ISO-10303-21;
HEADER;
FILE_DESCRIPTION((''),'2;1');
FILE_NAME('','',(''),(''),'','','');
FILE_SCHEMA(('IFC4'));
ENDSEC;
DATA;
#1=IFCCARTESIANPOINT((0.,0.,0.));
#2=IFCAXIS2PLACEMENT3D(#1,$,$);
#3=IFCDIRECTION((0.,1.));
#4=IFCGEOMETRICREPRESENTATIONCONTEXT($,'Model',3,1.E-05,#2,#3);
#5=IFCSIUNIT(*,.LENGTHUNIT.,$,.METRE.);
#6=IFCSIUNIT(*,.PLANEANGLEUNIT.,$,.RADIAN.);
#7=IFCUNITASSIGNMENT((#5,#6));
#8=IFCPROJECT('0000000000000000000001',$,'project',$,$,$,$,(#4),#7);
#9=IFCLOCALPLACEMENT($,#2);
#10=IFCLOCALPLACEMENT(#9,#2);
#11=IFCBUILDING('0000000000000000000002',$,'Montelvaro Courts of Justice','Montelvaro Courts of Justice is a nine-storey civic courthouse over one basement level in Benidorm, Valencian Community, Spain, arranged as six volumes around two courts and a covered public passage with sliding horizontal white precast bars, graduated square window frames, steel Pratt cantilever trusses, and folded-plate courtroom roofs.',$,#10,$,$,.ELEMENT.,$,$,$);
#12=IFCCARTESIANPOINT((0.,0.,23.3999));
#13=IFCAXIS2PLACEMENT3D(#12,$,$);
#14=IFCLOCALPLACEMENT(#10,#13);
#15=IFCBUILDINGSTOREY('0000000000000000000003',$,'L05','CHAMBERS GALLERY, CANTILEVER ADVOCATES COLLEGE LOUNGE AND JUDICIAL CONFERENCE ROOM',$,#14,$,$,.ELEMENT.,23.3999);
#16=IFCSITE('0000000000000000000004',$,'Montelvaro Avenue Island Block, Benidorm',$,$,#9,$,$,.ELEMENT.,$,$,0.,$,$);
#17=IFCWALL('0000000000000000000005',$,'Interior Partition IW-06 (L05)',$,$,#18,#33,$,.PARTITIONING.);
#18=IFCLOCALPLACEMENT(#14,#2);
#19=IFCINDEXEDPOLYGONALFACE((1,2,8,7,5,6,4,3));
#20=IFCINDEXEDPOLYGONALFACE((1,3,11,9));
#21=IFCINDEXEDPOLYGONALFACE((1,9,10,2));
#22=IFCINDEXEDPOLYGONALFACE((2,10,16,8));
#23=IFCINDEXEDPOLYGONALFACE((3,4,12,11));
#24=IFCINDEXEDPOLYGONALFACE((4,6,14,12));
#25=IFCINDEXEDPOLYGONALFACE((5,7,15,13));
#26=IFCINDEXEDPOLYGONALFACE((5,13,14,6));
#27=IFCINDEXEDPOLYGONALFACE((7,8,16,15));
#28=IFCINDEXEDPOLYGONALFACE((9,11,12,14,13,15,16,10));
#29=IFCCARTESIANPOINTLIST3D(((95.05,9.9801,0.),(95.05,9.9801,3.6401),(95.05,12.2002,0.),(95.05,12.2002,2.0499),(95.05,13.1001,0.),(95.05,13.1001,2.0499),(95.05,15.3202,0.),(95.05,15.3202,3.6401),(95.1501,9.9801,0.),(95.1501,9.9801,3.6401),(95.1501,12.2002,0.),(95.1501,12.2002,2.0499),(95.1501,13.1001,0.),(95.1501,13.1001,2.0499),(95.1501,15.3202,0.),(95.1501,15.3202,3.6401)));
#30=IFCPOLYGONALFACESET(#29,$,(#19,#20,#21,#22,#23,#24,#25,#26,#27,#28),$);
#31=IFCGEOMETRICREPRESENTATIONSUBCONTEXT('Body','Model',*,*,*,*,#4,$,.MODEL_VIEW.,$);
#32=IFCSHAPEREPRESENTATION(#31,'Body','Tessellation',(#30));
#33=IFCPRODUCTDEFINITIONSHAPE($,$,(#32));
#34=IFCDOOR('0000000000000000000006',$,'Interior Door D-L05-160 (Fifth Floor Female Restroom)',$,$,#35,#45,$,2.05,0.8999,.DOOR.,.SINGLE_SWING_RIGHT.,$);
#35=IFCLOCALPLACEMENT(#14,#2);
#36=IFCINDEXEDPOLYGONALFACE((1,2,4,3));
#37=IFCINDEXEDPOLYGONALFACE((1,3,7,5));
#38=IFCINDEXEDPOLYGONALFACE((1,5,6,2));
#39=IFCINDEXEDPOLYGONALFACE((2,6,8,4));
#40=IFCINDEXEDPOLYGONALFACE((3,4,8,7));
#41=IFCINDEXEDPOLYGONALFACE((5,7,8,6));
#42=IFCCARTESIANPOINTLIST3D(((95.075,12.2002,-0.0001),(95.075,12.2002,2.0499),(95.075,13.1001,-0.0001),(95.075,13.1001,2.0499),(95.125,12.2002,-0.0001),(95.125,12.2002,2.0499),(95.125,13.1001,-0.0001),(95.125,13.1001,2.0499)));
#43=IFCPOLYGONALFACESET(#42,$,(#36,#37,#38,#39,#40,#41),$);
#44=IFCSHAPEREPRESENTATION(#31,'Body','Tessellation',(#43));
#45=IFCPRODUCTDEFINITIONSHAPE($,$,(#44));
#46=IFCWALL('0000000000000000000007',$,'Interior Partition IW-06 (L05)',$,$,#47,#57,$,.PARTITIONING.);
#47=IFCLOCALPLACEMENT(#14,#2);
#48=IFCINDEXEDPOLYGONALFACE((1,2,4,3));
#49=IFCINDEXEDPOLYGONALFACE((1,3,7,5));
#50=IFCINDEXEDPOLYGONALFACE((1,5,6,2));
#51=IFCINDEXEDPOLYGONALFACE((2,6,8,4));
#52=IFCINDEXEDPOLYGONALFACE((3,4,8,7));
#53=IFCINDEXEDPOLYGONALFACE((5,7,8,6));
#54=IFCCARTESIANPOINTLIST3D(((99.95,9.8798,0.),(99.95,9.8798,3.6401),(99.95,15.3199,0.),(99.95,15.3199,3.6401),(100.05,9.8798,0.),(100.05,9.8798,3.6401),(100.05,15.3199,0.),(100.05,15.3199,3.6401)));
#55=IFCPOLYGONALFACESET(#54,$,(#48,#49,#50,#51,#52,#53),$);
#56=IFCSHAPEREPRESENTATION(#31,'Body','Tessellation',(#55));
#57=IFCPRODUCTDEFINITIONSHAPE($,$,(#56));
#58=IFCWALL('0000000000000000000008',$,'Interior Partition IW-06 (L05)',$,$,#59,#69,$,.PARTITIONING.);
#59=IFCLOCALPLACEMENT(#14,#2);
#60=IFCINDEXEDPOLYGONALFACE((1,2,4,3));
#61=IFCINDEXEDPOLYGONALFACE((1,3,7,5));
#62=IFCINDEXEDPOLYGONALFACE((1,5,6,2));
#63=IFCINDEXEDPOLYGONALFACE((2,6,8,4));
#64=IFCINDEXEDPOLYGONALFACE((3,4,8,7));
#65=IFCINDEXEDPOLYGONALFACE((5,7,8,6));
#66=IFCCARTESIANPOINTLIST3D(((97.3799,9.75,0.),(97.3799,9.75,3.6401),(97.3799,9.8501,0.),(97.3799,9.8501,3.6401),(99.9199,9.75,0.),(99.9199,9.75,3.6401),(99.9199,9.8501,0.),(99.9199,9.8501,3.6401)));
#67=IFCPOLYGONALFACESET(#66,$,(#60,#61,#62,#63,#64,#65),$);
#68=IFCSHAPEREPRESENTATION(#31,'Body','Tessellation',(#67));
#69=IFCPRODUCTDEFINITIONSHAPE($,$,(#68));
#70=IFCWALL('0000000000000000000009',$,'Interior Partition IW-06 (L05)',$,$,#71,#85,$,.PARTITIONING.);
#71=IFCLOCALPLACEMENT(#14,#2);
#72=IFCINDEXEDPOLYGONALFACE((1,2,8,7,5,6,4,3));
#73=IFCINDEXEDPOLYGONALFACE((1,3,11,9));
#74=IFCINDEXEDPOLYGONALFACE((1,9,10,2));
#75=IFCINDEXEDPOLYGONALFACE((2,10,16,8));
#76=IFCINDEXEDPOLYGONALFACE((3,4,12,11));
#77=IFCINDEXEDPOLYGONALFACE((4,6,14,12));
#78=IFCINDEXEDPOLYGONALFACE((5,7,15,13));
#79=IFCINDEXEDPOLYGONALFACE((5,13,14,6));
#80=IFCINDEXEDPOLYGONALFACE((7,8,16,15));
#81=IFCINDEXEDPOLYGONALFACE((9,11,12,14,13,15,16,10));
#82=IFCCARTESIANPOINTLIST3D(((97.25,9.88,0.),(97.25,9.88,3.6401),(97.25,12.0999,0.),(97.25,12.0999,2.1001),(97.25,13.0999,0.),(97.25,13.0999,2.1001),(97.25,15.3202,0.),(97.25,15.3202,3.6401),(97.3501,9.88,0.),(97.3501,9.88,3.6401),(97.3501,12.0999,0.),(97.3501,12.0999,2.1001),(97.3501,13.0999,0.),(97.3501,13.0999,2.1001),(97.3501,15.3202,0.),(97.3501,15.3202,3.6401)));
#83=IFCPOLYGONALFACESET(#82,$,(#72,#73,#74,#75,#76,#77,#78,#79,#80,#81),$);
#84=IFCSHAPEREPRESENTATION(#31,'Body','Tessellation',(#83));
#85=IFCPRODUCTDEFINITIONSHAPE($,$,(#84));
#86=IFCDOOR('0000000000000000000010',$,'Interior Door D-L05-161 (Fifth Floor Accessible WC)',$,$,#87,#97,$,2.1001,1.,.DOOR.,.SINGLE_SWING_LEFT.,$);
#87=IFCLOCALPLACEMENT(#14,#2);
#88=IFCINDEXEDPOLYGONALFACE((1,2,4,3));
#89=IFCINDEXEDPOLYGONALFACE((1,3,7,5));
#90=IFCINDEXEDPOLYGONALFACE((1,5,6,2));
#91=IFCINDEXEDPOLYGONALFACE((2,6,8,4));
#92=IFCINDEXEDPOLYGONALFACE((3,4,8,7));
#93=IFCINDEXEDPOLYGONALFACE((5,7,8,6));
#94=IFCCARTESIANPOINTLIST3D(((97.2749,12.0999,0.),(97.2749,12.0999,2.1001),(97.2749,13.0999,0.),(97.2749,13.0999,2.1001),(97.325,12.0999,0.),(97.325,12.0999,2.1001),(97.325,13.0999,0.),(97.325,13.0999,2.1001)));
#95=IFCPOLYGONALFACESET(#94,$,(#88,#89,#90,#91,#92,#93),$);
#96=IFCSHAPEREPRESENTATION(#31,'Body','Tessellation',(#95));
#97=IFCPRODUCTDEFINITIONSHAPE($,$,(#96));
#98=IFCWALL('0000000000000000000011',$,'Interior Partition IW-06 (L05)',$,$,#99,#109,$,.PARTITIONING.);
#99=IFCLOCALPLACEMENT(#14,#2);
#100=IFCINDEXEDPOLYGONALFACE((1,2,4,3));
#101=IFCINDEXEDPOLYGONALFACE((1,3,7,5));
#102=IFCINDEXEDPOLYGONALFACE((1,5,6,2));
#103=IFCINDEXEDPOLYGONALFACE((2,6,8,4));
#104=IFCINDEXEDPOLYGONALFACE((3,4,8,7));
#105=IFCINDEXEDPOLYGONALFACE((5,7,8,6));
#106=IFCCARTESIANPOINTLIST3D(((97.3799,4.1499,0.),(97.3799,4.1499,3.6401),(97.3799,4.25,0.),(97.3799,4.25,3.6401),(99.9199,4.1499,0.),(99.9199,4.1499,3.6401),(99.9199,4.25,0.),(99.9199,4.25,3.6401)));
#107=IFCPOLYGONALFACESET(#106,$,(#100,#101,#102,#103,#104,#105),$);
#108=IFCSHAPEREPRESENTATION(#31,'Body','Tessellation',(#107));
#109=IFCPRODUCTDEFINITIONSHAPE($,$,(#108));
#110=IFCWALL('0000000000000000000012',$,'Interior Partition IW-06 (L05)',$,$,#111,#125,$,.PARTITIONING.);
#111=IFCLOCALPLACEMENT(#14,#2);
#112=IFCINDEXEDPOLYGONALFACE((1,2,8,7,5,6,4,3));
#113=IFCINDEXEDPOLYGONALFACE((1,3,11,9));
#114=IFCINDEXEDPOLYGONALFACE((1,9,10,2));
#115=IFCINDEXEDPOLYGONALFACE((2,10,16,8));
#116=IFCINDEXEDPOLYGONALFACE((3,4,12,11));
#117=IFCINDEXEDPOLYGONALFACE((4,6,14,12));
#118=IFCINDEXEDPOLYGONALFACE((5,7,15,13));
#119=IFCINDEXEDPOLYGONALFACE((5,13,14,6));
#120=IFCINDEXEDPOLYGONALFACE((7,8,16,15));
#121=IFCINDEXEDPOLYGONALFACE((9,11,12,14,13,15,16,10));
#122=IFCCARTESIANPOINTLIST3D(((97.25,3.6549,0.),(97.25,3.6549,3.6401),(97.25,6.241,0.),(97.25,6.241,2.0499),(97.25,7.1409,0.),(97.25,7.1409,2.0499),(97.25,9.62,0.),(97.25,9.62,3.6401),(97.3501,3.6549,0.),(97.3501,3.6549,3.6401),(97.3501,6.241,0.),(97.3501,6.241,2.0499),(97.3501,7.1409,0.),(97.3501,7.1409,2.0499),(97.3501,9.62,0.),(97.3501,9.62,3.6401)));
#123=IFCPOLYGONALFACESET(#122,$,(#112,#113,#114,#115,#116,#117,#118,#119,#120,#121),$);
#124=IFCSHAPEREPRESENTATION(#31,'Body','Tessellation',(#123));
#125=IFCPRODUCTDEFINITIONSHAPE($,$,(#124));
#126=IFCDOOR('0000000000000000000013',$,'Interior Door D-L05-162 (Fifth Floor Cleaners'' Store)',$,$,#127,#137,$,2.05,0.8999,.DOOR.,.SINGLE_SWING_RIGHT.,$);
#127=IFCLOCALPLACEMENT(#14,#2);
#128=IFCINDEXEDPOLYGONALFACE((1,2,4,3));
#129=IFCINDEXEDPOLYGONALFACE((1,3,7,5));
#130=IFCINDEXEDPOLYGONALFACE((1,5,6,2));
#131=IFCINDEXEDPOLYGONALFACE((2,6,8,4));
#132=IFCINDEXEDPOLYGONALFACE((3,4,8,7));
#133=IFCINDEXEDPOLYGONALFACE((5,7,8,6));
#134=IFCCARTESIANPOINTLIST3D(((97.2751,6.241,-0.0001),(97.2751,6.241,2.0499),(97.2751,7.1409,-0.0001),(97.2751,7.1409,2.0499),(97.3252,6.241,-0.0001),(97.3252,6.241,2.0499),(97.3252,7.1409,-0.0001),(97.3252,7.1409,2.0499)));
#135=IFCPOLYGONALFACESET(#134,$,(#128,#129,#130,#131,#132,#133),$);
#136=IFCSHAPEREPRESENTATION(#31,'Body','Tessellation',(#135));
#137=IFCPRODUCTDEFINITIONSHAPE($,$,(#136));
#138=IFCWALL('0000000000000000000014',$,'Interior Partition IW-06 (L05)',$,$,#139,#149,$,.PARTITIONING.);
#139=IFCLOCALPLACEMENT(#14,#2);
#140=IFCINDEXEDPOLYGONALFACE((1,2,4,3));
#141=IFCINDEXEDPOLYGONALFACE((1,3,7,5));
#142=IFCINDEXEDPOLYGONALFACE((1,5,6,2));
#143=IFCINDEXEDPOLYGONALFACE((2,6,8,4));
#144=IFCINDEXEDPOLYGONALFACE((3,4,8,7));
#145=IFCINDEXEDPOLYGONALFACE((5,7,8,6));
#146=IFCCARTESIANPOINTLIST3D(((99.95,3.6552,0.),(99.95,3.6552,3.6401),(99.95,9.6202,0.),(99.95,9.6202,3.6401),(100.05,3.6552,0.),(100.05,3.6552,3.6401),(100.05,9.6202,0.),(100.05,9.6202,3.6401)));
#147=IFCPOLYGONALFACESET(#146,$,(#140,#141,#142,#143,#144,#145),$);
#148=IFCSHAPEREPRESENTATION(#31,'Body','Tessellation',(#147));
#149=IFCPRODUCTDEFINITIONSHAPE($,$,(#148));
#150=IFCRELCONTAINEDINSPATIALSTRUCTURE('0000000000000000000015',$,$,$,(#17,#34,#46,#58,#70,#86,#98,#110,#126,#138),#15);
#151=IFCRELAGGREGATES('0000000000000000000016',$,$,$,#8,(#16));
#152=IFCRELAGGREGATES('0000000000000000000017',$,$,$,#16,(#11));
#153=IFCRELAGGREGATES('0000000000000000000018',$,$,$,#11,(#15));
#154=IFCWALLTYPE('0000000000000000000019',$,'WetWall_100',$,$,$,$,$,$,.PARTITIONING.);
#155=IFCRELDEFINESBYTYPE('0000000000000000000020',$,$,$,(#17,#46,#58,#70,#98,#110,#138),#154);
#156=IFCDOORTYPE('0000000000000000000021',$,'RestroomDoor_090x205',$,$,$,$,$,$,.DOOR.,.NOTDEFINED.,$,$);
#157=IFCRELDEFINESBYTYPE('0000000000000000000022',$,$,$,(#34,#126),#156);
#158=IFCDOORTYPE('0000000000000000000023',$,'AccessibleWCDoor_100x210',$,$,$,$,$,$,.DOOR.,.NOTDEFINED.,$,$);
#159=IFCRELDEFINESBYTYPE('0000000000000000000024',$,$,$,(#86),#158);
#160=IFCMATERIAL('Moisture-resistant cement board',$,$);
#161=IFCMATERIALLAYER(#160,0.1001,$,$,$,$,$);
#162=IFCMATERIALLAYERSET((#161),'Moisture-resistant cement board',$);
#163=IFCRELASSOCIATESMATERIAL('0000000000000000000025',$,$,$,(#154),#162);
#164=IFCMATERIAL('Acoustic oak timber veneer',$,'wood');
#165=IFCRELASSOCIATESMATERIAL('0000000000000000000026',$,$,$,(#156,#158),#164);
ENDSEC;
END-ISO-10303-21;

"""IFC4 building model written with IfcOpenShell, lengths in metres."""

from ifc_helpers import new_model, si_unit, direction, frame, frame_2d, origin, place, context, subcontext, project, spatial, rectangle, extrude, material, layer, layer_set, type_object, element, fill, save


model = new_model("IFC4")

# Units and contexts
model_context = context("Model", 3, precision=1e-05, world=origin(), true_north=direction((0.0, 1.0)))
body_context = subcontext(model_context, "Body", "Model", "MODEL_VIEW")
ifc_project = project(units=[si_unit("LENGTHUNIT", "METRE"), si_unit("PLANEANGLEUNIT", "RADIAN")], contexts=[model_context])

# Site, building, storey
site_placement = place(None, origin())
site = spatial("IfcSite", under=ifc_project, at=site_placement, Name="Montelvaro Avenue Island Block, Benidorm", CompositionType="ELEMENT", RefElevation=0.0)
building_placement = place(site_placement, origin())
building = spatial("IfcBuilding", under=site, at=building_placement, Name="Montelvaro Courts of Justice", Description="Montelvaro Courts of Justice is a nine-storey civic courthouse over one basement level in Benidorm, Valencian Community, Spain, arranged as six volumes around two courts and a covered public passage with sliding horizontal white precast bars, graduated square window frames, steel Pratt cantilever trusses, and folded-plate courtroom roofs.", CompositionType="ELEMENT")
storey_placement = place(building_placement, frame((0.0, 0.0, 23.3999)))
storey = spatial("IfcBuildingStorey", under=building, at=storey_placement, Name="L05", Description="CHAMBERS GALLERY, CANTILEVER ADVOCATES COLLEGE LOUNGE AND JUDICIAL CONFERENCE ROOM", CompositionType="ELEMENT", Elevation=23.3999)

# Shared definitions
ifc_material_1 = material(Name="Moisture-resistant cement board")
ifc_layer_1 = layer(ifc_material_1, 0.1001)
ifc_layer_set_1 = layer_set([ifc_layer_1], Name="Moisture-resistant cement board")
wall_type_1 = type_object("IfcWallType", Name="WetWall_100", PredefinedType="PARTITIONING", material=ifc_layer_set_1)
ifc_material_2 = material(Name="Acoustic oak timber veneer", Category="wood")
door_type_1 = type_object("IfcDoorType", Name="RestroomDoor_090x205", OperationType="NOTDEFINED", PredefinedType="DOOR", material=ifc_material_2)

# Wall, opening, door
wall_1_placement = place(storey_placement, frame((95.1001, 15.3201, 0.0), z_axis=(0.0, 0.0, 1.0), x_axis=(0.0, -1.0, 0.0)))
wall_1 = element("IfcWall", 1, at=wall_1_placement, inside=storey, type_object=wall_type_1, Name="Interior Partition IW-06 (L05)", PredefinedType="PARTITIONING", context=body_context, shape_type="SweptSolid", body=[
    extrude(rectangle(XDim=5.3401, YDim=0.1001, at=frame_2d((2.6699, 0.0))), origin(), (0.0, 0.0, 1.0), 3.6401),
])
opening_1_placement = place(wall_1_placement, frame((2.22, 0.0, 0.0)))
opening_1 = element("IfcOpeningElement", 2, at=opening_1_placement, cuts=wall_1, PredefinedType="OPENING", context=body_context, shape_type="SweptSolid", body=[
    extrude(rectangle(XDim=0.8999, YDim=2.05, at=frame_2d((0.45, 1.0249))), frame((0.0, 0.0649, 0.0), z_axis=(0.0, -1.0, 0.0), x_axis=(1.0, 0.0, 0.0)), (0.0, 0.0, 1.0), 0.1299),
])
door_1_placement = place(opening_1_placement, origin())
door_1 = element("IfcDoor", 3, at=door_1_placement, inside=storey, type_object=door_type_1, Name="Interior Door D-L05-160 (Fifth Floor Female Restroom)", OperationType="SINGLE_SWING_RIGHT", OverallHeight=2.05, OverallWidth=0.8999, PredefinedType="DOOR", context=body_context, shape_type="SweptSolid", body=[
    extrude(rectangle(XDim=0.8999, YDim=2.05, at=frame_2d((0.45, 1.0249))), frame((0.0, 0.0249, 0.0), z_axis=(0.0, -1.0, 0.0), x_axis=(1.0, 0.0, 0.0)), (0.0, 0.0, 1.0), 0.05),
])
fill(opening_1, door_1)

# Walls
wall_2_placement = place(storey_placement, frame((100.0, 15.3201, 0.0), z_axis=(0.0, 0.0, 1.0), x_axis=(0.0, -1.0, 0.0)))
element("IfcWall", 4, at=wall_2_placement, inside=storey, type_object=wall_type_1, Name="Interior Partition IW-06 (L05)", PredefinedType="PARTITIONING", context=body_context, shape_type="SweptSolid", body=[
    extrude(rectangle(XDim=5.4402, YDim=0.1001, at=frame_2d((2.7202, 0.0))), origin(), (0.0, 0.0, 1.0), 3.6401),
])
wall_3_placement = place(storey_placement, frame((99.9199, 9.8, 0.0), z_axis=(0.0, 0.0, 1.0), x_axis=(-1.0, 0.0, 0.0)))
element("IfcWall", 5, at=wall_3_placement, inside=storey, type_object=wall_type_1, Name="Interior Partition IW-06 (L05)", PredefinedType="PARTITIONING", context=body_context, shape_type="SweptSolid", body=[
    extrude(rectangle(XDim=2.54, YDim=0.1001, at=frame_2d((1.27, 0.0))), origin(), (0.0, 0.0, 1.0), 3.6401),
])

# Wall, opening, door
wall_4_placement = place(storey_placement, frame((97.3, 9.8799, 0.0), z_axis=(0.0, 0.0, 1.0), x_axis=(0.0, 1.0, 0.0)))
wall_4 = element("IfcWall", 6, at=wall_4_placement, inside=storey, type_object=wall_type_1, Name="Interior Partition IW-06 (L05)", PredefinedType="PARTITIONING", context=body_context, shape_type="SweptSolid", body=[
    extrude(rectangle(XDim=5.4402, YDim=0.1001, at=frame_2d((2.7202, 0.0))), origin(), (0.0, 0.0, 1.0), 3.6401),
])
opening_2_placement = place(wall_4_placement, frame((2.22, 0.0, 0.0)))
opening_2 = element("IfcOpeningElement", 7, at=opening_2_placement, cuts=wall_4, PredefinedType="OPENING", context=body_context, shape_type="SweptSolid", body=[
    extrude(rectangle(XDim=1.0, YDim=2.1001, at=frame_2d((0.5, 1.05))), frame((0.0, 0.0649, 0.0), z_axis=(0.0, -1.0, 0.0), x_axis=(1.0, 0.0, 0.0)), (0.0, 0.0, 1.0), 0.1299),
])
door_type_2 = type_object("IfcDoorType", Name="AccessibleWCDoor_100x210", OperationType="NOTDEFINED", PredefinedType="DOOR", material=ifc_material_2)
door_2_placement = place(opening_2_placement, frame((1.0, 0.0, 0.0), z_axis=(0.0, 0.0, 1.0), x_axis=(-1.0, 0.0, 0.0)))
door_2 = element("IfcDoor", 8, at=door_2_placement, inside=storey, type_object=door_type_2, Name="Interior Door D-L05-161 (Fifth Floor Accessible WC)", OperationType="SINGLE_SWING_LEFT", OverallHeight=2.1001, OverallWidth=1.0, PredefinedType="DOOR", context=body_context, shape_type="SweptSolid", body=[
    extrude(rectangle(XDim=1.0, YDim=2.1001, at=frame_2d((0.5, 1.05))), frame((0.0, 0.0249, 0.0), z_axis=(0.0, -1.0, 0.0), x_axis=(1.0, 0.0, 0.0)), (0.0, 0.0, 1.0), 0.05),
])
fill(opening_2, door_2)

# Wall
wall_5_placement = place(storey_placement, frame((99.9199, 4.2, 0.0), z_axis=(0.0, 0.0, 1.0), x_axis=(-1.0, 0.0, 0.0)))
element("IfcWall", 9, at=wall_5_placement, inside=storey, type_object=wall_type_1, Name="Interior Partition IW-06 (L05)", PredefinedType="PARTITIONING", context=body_context, shape_type="SweptSolid", body=[
    extrude(rectangle(XDim=2.54, YDim=0.1001, at=frame_2d((1.27, 0.0))), origin(), (0.0, 0.0, 1.0), 3.6401),
])

# Wall, opening, door
wall_6_placement = place(storey_placement, frame((97.3, 3.655, 0.0), z_axis=(0.0, 0.0, 1.0), x_axis=(0.0, 1.0, 0.0)))
wall_6 = element("IfcWall", 10, at=wall_6_placement, inside=storey, type_object=wall_type_1, Name="Interior Partition IW-06 (L05)", PredefinedType="PARTITIONING", context=body_context, shape_type="SweptSolid", body=[
    extrude(rectangle(XDim=5.9651, YDim=0.1001, at=frame_2d((2.9824, 0.0))), origin(), (0.0, 0.0, 1.0), 3.6401),
])
opening_3_placement = place(wall_6_placement, frame((2.5859, 0.0, 0.0)))
opening_3 = element("IfcOpeningElement", 11, at=opening_3_placement, cuts=wall_6, PredefinedType="OPENING", context=body_context, shape_type="SweptSolid", body=[
    extrude(rectangle(XDim=0.8999, YDim=2.05, at=frame_2d((0.45, 1.0249))), frame((0.0, 0.0649, 0.0), z_axis=(0.0, -1.0, 0.0), x_axis=(1.0, 0.0, 0.0)), (0.0, 0.0, 1.0), 0.1299),
])
door_3_placement = place(opening_3_placement, origin())
door_3 = element("IfcDoor", 12, at=door_3_placement, inside=storey, type_object=door_type_1, Name="Interior Door D-L05-162 (Fifth Floor Cleaners' Store)", OperationType="SINGLE_SWING_RIGHT", OverallHeight=2.05, OverallWidth=0.8999, PredefinedType="DOOR", context=body_context, shape_type="SweptSolid", body=[
    extrude(rectangle(XDim=0.8999, YDim=2.05, at=frame_2d((0.45, 1.0249))), frame((0.0, 0.0249, 0.0), z_axis=(0.0, -1.0, 0.0), x_axis=(1.0, 0.0, 0.0)), (0.0, 0.0, 1.0), 0.05),
])
fill(opening_3, door_3)

# Wall
wall_7_placement = place(storey_placement, frame((100.0, 9.6201, 0.0), z_axis=(0.0, 0.0, 1.0), x_axis=(0.0, -1.0, 0.0)))
element("IfcWall", 13, at=wall_7_placement, inside=storey, type_object=wall_type_1, Name="Interior Partition IW-06 (L05)", PredefinedType="PARTITIONING", context=body_context, shape_type="SweptSolid", body=[
    extrude(rectangle(XDim=5.9651, YDim=0.1001, at=frame_2d((2.9824, 0.0))), origin(), (0.0, 0.0, 1.0), 3.6401),
])

save(model, "model.ifc")
